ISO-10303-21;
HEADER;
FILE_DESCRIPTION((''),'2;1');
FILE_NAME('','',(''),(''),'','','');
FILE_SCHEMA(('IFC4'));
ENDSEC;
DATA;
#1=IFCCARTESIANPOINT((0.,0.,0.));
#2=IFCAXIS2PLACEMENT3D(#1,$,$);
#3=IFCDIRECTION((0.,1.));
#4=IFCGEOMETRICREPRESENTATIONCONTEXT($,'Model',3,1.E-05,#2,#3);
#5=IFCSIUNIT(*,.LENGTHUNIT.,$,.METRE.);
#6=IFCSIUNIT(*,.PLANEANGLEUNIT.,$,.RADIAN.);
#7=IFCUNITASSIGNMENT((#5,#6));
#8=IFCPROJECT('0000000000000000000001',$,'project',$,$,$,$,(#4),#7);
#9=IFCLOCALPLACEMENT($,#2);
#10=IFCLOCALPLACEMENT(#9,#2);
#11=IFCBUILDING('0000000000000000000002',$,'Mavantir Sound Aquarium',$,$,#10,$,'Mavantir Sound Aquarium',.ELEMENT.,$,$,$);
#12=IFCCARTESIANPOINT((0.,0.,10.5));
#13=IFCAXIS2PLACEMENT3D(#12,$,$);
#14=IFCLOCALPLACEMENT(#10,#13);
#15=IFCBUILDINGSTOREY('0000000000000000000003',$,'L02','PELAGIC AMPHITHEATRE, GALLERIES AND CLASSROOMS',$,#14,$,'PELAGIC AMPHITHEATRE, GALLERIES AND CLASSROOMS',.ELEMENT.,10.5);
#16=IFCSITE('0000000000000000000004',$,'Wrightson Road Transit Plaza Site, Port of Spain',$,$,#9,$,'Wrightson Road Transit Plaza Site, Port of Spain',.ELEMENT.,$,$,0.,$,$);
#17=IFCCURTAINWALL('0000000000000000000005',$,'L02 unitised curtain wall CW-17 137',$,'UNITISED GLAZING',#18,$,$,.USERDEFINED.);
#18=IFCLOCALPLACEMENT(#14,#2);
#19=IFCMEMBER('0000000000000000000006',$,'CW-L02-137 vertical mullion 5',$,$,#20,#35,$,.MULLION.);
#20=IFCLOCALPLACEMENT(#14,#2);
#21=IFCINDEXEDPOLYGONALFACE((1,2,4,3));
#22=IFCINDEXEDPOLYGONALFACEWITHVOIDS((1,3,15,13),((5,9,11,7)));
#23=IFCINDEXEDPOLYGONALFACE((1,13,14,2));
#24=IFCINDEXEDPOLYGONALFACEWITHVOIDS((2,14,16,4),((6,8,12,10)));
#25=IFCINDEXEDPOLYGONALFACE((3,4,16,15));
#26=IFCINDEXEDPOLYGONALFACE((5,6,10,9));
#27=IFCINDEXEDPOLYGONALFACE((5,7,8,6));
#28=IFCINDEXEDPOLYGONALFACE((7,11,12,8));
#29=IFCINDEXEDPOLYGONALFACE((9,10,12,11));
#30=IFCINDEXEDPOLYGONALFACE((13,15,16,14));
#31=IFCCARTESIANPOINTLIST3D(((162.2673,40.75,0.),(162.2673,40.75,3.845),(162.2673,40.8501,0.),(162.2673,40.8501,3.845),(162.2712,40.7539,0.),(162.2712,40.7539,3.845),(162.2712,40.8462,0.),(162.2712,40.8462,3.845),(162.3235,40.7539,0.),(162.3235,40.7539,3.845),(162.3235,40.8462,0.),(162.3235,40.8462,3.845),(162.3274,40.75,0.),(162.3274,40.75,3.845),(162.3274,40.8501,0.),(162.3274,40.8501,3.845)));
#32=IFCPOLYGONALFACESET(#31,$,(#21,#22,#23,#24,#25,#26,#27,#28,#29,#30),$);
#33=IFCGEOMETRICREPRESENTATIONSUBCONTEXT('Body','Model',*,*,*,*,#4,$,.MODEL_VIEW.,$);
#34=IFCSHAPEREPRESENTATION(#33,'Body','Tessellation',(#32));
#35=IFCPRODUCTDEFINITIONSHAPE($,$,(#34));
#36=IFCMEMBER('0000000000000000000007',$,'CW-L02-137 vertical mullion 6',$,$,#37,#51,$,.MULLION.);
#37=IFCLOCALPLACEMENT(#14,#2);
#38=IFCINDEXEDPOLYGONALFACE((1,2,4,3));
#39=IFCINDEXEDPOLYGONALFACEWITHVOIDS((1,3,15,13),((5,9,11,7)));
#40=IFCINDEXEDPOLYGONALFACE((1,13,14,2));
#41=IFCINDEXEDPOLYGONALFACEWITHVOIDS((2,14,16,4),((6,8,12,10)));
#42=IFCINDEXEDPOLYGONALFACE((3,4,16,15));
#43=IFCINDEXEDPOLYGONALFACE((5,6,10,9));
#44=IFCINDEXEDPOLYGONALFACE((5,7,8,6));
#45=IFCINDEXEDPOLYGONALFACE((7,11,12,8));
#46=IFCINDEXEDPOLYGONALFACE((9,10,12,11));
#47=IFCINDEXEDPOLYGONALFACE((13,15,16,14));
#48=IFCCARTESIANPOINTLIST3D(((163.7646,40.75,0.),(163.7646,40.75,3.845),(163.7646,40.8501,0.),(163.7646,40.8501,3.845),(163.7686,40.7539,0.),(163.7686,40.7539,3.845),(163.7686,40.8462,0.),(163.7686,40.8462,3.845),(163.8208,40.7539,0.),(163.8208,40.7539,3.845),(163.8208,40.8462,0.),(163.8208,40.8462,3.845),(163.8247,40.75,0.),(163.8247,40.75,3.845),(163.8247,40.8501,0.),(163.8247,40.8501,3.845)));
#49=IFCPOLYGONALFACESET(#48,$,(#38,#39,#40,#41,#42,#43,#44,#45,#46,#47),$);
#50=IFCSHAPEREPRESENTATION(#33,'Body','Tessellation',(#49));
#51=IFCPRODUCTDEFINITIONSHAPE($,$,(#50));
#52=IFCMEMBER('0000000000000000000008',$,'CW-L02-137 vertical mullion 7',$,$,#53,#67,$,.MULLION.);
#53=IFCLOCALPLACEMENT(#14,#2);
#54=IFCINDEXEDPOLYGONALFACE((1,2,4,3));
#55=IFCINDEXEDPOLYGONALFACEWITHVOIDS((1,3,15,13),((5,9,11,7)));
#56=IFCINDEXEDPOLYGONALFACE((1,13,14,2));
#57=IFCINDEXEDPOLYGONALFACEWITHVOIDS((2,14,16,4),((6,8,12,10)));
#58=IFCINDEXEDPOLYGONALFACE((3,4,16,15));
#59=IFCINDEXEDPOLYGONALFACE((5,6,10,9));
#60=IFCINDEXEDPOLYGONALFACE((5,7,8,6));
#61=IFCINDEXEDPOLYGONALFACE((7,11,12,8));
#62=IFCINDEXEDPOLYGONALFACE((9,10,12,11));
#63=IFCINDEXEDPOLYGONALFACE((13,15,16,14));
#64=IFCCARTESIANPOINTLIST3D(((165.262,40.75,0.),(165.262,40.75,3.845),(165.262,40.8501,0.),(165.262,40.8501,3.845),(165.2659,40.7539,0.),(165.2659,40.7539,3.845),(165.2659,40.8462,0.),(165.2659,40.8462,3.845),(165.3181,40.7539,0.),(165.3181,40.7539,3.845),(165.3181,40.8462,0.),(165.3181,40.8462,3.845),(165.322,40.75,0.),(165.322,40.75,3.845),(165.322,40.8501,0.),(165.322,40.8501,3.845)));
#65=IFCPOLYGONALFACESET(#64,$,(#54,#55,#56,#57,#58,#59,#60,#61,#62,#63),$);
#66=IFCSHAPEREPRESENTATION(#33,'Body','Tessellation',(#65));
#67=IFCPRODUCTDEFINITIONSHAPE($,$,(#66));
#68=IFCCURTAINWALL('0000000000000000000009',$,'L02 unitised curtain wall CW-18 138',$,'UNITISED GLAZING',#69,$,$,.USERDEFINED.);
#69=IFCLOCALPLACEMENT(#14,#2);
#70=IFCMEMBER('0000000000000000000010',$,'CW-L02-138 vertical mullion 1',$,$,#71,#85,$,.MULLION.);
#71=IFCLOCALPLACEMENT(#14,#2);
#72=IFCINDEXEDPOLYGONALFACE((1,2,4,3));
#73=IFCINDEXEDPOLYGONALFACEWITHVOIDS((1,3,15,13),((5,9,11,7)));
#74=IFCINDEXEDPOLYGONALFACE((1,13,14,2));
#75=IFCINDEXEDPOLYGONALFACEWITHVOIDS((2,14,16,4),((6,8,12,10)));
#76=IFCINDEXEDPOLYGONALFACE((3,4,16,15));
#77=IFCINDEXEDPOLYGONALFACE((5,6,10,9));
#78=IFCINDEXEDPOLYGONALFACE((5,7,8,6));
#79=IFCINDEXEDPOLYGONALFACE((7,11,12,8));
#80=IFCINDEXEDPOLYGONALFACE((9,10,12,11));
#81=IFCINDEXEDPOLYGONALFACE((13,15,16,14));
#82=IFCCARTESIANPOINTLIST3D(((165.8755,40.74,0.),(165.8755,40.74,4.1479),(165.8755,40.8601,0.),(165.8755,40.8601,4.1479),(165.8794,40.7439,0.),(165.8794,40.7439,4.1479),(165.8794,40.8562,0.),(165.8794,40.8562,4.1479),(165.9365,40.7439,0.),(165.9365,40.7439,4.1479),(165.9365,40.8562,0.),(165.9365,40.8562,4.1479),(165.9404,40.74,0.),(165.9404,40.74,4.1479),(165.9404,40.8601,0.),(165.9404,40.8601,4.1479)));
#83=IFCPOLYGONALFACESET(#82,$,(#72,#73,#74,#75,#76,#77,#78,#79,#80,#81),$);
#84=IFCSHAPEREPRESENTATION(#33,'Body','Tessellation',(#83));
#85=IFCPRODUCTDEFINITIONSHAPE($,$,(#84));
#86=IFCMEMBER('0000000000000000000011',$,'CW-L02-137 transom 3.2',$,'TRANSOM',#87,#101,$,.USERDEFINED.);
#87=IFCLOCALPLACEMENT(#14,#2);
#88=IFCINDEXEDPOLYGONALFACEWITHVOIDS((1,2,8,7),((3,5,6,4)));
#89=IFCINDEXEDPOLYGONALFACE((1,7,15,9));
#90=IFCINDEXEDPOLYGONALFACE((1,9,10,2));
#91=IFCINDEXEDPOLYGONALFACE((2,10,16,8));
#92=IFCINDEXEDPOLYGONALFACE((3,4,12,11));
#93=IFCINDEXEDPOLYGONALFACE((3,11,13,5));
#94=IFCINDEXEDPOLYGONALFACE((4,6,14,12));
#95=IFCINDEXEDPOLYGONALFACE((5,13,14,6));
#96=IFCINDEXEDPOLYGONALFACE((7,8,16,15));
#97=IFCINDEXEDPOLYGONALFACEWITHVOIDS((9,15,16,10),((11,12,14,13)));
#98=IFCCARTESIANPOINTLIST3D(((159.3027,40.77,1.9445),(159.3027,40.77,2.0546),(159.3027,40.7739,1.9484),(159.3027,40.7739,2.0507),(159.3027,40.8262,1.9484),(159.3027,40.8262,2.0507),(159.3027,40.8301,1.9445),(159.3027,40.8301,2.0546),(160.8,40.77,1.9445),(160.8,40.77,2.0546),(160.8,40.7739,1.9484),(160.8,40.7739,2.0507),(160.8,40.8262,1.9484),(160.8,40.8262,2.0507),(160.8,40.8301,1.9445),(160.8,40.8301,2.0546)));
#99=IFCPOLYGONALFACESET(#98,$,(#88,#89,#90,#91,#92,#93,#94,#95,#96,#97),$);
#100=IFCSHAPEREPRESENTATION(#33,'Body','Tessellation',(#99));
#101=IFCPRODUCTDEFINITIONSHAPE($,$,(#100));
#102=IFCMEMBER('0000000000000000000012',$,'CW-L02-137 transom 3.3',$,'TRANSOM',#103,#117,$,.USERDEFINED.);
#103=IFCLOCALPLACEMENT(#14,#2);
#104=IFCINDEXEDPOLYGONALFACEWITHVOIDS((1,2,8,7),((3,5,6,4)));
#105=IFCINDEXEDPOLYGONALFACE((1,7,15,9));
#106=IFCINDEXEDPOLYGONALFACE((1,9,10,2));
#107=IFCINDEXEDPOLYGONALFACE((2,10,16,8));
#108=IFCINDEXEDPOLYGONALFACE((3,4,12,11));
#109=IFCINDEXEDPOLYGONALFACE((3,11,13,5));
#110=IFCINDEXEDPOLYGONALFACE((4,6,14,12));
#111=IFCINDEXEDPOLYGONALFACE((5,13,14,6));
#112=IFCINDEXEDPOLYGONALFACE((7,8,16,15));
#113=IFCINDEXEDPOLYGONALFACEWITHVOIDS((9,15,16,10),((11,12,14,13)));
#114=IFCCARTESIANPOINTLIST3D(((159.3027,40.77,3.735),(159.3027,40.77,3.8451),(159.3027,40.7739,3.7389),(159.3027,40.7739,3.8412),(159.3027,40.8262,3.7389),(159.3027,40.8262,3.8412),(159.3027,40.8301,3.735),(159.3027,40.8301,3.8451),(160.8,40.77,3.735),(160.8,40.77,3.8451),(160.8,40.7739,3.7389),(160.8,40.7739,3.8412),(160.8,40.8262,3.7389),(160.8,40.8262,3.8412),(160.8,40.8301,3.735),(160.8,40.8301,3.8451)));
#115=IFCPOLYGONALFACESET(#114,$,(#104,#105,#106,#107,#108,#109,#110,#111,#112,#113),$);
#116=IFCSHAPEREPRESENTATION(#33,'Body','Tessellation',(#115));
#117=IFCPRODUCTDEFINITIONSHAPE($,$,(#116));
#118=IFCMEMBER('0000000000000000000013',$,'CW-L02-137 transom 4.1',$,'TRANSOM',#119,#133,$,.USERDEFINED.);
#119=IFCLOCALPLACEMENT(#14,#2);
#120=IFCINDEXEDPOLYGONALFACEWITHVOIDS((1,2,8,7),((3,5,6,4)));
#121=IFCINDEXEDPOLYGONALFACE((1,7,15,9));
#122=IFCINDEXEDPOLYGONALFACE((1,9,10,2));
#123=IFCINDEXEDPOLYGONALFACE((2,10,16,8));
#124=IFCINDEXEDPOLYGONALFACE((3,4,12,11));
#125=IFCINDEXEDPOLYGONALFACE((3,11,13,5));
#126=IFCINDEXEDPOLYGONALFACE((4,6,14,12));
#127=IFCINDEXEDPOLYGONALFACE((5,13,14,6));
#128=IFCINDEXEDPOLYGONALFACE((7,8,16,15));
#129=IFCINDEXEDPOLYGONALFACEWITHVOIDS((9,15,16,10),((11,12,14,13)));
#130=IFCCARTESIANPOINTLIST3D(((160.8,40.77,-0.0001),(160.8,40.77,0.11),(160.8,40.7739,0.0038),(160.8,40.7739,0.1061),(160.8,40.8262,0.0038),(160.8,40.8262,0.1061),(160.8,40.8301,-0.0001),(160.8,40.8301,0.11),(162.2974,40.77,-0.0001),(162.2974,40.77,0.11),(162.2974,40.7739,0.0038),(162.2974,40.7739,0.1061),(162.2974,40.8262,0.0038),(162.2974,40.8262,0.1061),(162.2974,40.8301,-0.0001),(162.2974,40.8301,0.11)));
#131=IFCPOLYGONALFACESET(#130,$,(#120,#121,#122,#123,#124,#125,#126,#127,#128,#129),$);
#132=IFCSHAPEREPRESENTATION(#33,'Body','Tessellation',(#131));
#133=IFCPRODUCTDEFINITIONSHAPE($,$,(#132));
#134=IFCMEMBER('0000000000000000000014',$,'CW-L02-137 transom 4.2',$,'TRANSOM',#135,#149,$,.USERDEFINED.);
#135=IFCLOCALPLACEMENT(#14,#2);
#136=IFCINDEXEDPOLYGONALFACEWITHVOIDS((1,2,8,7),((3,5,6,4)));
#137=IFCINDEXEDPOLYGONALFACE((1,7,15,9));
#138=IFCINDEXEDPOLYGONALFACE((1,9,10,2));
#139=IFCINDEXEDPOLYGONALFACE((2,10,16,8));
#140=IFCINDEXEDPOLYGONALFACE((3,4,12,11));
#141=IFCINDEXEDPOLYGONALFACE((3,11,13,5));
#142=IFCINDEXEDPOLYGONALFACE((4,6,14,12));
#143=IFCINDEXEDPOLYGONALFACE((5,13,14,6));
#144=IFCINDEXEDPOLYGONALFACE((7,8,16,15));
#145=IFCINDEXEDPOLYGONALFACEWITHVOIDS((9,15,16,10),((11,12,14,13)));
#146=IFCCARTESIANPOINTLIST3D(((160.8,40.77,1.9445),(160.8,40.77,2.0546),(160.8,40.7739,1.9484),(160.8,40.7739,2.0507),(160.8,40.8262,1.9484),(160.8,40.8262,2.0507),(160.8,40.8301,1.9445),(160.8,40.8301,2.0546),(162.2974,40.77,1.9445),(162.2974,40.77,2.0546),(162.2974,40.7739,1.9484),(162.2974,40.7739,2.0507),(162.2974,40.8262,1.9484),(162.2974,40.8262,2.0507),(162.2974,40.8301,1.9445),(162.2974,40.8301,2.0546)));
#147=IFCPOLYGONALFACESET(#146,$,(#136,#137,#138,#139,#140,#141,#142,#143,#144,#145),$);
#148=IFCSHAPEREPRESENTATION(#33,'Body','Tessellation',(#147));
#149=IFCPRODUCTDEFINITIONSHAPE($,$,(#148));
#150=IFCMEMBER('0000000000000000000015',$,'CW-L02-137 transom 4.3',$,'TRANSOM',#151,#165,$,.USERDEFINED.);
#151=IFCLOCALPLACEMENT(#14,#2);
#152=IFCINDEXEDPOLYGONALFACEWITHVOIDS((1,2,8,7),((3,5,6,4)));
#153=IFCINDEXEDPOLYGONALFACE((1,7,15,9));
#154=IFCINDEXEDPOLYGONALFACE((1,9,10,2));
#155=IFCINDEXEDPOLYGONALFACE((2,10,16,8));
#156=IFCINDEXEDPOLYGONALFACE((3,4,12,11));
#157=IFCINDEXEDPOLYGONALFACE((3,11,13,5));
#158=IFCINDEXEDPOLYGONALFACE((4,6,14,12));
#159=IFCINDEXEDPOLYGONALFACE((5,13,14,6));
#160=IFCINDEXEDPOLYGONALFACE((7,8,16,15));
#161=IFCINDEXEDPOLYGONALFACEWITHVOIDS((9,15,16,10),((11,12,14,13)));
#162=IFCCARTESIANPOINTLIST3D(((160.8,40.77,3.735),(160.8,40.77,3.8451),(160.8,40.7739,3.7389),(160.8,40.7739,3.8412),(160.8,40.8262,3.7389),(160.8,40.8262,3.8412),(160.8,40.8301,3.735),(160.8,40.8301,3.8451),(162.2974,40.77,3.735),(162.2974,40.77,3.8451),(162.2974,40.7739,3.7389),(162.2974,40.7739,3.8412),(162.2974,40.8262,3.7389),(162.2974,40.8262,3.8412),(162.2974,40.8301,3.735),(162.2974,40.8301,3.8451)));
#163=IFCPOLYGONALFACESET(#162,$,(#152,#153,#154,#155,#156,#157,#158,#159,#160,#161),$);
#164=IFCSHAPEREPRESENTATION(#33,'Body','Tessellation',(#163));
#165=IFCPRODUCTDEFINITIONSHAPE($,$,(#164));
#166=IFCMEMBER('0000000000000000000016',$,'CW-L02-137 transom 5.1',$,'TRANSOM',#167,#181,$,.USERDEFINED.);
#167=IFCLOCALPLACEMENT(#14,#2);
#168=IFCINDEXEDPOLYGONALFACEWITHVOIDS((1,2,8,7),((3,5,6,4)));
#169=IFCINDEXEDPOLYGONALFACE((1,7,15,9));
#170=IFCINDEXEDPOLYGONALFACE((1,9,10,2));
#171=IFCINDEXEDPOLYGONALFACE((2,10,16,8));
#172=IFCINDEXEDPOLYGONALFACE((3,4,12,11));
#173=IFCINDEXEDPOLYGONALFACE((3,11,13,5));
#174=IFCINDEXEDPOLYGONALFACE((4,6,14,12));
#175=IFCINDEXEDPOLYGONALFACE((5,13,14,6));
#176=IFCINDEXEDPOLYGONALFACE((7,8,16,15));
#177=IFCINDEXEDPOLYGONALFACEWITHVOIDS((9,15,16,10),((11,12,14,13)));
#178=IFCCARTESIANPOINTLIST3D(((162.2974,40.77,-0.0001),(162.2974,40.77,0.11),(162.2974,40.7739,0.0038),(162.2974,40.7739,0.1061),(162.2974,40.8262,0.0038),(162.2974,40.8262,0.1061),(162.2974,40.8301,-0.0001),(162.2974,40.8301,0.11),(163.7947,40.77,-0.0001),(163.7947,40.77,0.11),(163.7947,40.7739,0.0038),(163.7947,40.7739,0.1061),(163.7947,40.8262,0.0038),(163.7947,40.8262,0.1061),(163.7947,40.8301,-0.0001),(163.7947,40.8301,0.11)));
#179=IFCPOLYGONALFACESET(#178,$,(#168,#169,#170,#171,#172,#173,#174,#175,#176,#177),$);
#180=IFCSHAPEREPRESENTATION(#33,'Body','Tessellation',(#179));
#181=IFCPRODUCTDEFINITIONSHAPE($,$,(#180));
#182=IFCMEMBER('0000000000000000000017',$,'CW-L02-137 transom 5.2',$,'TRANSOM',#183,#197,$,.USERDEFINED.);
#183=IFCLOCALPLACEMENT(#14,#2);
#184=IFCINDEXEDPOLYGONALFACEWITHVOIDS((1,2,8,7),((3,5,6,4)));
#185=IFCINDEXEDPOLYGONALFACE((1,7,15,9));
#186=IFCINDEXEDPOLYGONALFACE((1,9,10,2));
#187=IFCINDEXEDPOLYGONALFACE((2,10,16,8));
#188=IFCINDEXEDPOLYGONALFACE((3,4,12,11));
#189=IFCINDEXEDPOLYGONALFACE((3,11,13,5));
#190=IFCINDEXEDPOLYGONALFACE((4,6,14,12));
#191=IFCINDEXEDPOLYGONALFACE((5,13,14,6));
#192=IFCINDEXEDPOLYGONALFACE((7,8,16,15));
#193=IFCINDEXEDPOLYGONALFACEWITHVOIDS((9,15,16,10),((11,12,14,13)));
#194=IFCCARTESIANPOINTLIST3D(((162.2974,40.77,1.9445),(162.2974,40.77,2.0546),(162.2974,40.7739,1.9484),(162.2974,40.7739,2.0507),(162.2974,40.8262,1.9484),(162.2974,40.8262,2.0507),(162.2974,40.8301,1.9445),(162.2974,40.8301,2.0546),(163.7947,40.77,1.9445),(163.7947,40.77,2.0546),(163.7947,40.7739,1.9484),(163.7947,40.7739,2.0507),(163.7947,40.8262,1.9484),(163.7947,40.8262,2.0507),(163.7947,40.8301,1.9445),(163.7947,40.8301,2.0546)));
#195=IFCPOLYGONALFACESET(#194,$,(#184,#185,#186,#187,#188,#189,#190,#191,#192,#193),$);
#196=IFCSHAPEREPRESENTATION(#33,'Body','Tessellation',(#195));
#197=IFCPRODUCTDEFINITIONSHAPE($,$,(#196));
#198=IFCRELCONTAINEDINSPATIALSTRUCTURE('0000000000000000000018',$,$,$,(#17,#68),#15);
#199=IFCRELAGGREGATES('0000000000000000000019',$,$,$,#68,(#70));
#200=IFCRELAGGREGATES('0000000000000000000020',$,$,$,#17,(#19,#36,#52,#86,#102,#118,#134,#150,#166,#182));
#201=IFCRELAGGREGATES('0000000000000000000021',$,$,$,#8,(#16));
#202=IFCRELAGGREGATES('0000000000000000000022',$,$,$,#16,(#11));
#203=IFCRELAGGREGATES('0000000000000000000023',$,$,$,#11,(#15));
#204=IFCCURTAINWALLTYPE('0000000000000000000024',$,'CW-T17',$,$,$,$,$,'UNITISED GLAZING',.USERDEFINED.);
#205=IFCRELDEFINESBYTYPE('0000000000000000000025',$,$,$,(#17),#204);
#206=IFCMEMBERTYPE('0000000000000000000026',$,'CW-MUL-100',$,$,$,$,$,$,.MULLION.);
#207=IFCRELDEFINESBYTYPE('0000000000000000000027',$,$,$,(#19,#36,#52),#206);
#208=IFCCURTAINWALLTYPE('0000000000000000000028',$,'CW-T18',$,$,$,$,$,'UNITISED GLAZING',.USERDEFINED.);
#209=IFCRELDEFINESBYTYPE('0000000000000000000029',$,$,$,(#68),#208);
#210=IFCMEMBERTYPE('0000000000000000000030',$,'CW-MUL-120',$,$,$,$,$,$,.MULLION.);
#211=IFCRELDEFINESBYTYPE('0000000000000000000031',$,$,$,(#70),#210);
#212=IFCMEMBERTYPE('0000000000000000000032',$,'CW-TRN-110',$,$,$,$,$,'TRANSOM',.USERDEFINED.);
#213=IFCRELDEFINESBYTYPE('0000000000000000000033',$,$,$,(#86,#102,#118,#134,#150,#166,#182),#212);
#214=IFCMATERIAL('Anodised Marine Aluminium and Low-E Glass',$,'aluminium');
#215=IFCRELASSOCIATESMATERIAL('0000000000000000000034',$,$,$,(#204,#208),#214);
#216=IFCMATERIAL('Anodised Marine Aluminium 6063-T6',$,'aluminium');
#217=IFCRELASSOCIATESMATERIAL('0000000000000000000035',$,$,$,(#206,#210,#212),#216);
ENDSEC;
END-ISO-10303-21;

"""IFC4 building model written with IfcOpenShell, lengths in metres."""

from ifc_helpers import new_model, si_unit, direction, frame, origin, origin_2d, place, context, subcontext, project, spatial, hollow_rectangle, extrude, material, material_profile, profile_set, type_object, element, aggregate, save


model = new_model("IFC4")

# Units and contexts
model_context = context("Model", 3, precision=1e-05, world=origin(), true_north=direction((0.0, 1.0)))
body_context = subcontext(model_context, "Body", "Model", "MODEL_VIEW")
ifc_project = project(units=[si_unit("LENGTHUNIT", "METRE"), si_unit("PLANEANGLEUNIT", "RADIAN")], contexts=[model_context])

# Site, building, storey
site_placement = place(None, origin())
site = spatial("IfcSite", under=ifc_project, at=site_placement, Name="Wrightson Road Transit Plaza Site, Port of Spain", LongName="Wrightson Road Transit Plaza Site, Port of Spain", CompositionType="ELEMENT", RefElevation=0.0)
building_placement = place(site_placement, origin())
building = spatial("IfcBuilding", under=site, at=building_placement, Name="Mavantir Sound Aquarium", LongName="Mavantir Sound Aquarium", CompositionType="ELEMENT")
storey_placement = place(building_placement, frame((0.0, 0.0, 10.5)))
storey = spatial("IfcBuildingStorey", under=building, at=storey_placement, Name="L02", Description="PELAGIC AMPHITHEATRE, GALLERIES AND CLASSROOMS", LongName="PELAGIC AMPHITHEATRE, GALLERIES AND CLASSROOMS", CompositionType="ELEMENT", Elevation=10.5)

# Curtain wall, members
ifc_material_1 = material(Name="Anodised Marine Aluminium and Low-E Glass", Category="aluminium")
curtain_wall_type_1 = type_object("IfcCurtainWallType", Name="CW-T17", ElementType="UNITISED GLAZING", PredefinedType="USERDEFINED", material=ifc_material_1)
curtain_wall_1_placement = place(storey_placement, origin())
curtain_wall_1 = element("IfcCurtainWall", 1, at=curtain_wall_1_placement, inside=storey, type_object=curtain_wall_type_1, Name="L02 unitised curtain wall CW-17 137", ObjectType="UNITISED GLAZING", PredefinedType="USERDEFINED")
ifc_material_2 = material(Name="Anodised Marine Aluminium 6063-T6", Category="aluminium")
ifc_material_profile_1 = material_profile(ifc_material_2, hollow_rectangle(XDim=0.0601, YDim=0.1001, WallThickness=0.0039, at=origin_2d()), Name="ALU-MULLION-100X60")
ifc_profile_set_1 = profile_set([ifc_material_profile_1], Name="Anodised Marine Aluminium 6063-T6")
member_type_1 = type_object("IfcMemberType", Name="CW-MUL-100", PredefinedType="MULLION", material=ifc_profile_set_1)
member_1_placement = place(storey_placement, frame((162.2974, 40.8, 0.0), z_axis=(0.0, 0.0, 1.0), x_axis=(1.0, 0.0, 0.0)))
member_1 = element("IfcMember", 2, at=member_1_placement, type_object=member_type_1, Name="CW-L02-137 vertical mullion 5", PredefinedType="MULLION", context=body_context, shape_type="SweptSolid", body=[
    extrude(hollow_rectangle(XDim=0.0601, YDim=0.1001, WallThickness=0.0039, at=origin_2d()), origin(), (0.0, 0.0, 1.0), 3.845),
])
member_2_placement = place(storey_placement, frame((163.7947, 40.8, 0.0), z_axis=(0.0, 0.0, 1.0), x_axis=(1.0, 0.0, 0.0)))
member_2 = element("IfcMember", 3, at=member_2_placement, type_object=member_type_1, Name="CW-L02-137 vertical mullion 6", PredefinedType="MULLION", context=body_context, shape_type="SweptSolid", body=[
    extrude(hollow_rectangle(XDim=0.0601, YDim=0.1001, WallThickness=0.0039, at=origin_2d()), origin(), (0.0, 0.0, 1.0), 3.845),
])
member_3_placement = place(storey_placement, frame((165.292, 40.8, 0.0), z_axis=(0.0, 0.0, 1.0), x_axis=(1.0, 0.0, 0.0)))
member_3 = element("IfcMember", 4, at=member_3_placement, type_object=member_type_1, Name="CW-L02-137 vertical mullion 7", PredefinedType="MULLION", context=body_context, shape_type="SweptSolid", body=[
    extrude(hollow_rectangle(XDim=0.0601, YDim=0.1001, WallThickness=0.0039, at=origin_2d()), origin(), (0.0, 0.0, 1.0), 3.845),
])

# Curtain wall, member
curtain_wall_type_2 = type_object("IfcCurtainWallType", Name="CW-T18", ElementType="UNITISED GLAZING", PredefinedType="USERDEFINED", material=ifc_material_1)
curtain_wall_2_placement = place(storey_placement, origin())
curtain_wall_2 = element("IfcCurtainWall", 5, at=curtain_wall_2_placement, inside=storey, type_object=curtain_wall_type_2, Name="L02 unitised curtain wall CW-18 138", ObjectType="UNITISED GLAZING", PredefinedType="USERDEFINED")
ifc_material_profile_2 = material_profile(ifc_material_2, hollow_rectangle(XDim=0.0649, YDim=0.1201, WallThickness=0.0039, at=origin_2d()), Name="ALU-MULLION-120X65")
ifc_profile_set_2 = profile_set([ifc_material_profile_2], Name="Anodised Marine Aluminium 6063-T6")
member_type_2 = type_object("IfcMemberType", Name="CW-MUL-120", PredefinedType="MULLION", material=ifc_profile_set_2)
member_4_placement = place(storey_placement, frame((165.908, 40.8, 0.0), z_axis=(0.0, 0.0, 1.0), x_axis=(1.0, 0.0, 0.0)))
member_4 = element("IfcMember", 6, at=member_4_placement, type_object=member_type_2, Name="CW-L02-138 vertical mullion 1", PredefinedType="MULLION", context=body_context, shape_type="SweptSolid", body=[
    extrude(hollow_rectangle(XDim=0.0649, YDim=0.1201, WallThickness=0.0039, at=origin_2d()), origin(), (0.0, 0.0, 1.0), 4.1479),
])
aggregate(curtain_wall_2, [member_4])

# Members
ifc_material_profile_3 = material_profile(ifc_material_2, hollow_rectangle(XDim=0.0601, YDim=0.1101, WallThickness=0.0039, at=origin_2d()), Name="ALU-TRANSOM-110X60")
ifc_profile_set_3 = profile_set([ifc_material_profile_3], Name="Anodised Marine Aluminium 6063-T6")
member_type_3 = type_object("IfcMemberType", Name="CW-TRN-110", ElementType="TRANSOM", PredefinedType="USERDEFINED", material=ifc_profile_set_3)
member_5_placement = place(storey_placement, frame((159.3027, 40.8, 1.9995), z_axis=(1.0, 0.0, 0.0), x_axis=(0.0, 1.0, 0.0)))
member_5 = element("IfcMember", 7, at=member_5_placement, type_object=member_type_3, Name="CW-L02-137 transom 3.2", ObjectType="TRANSOM", PredefinedType="USERDEFINED", context=body_context, shape_type="SweptSolid", body=[
    extrude(hollow_rectangle(XDim=0.0601, YDim=0.1101, WallThickness=0.0039, at=origin_2d()), origin(), (0.0, 0.0, 1.0), 1.4973),
])
member_6_placement = place(storey_placement, frame((159.3027, 40.8, 3.79), z_axis=(1.0, 0.0, 0.0), x_axis=(0.0, 1.0, 0.0)))
member_6 = element("IfcMember", 8, at=member_6_placement, type_object=member_type_3, Name="CW-L02-137 transom 3.3", ObjectType="TRANSOM", PredefinedType="USERDEFINED", context=body_context, shape_type="SweptSolid", body=[
    extrude(hollow_rectangle(XDim=0.0601, YDim=0.1101, WallThickness=0.0039, at=origin_2d()), origin(), (0.0, 0.0, 1.0), 1.4973),
])
member_7_placement = place(storey_placement, frame((160.8, 40.8, 0.0549), z_axis=(1.0, 0.0, 0.0), x_axis=(0.0, 1.0, 0.0)))
member_7 = element("IfcMember", 9, at=member_7_placement, type_object=member_type_3, Name="CW-L02-137 transom 4.1", ObjectType="TRANSOM", PredefinedType="USERDEFINED", context=body_context, shape_type="SweptSolid", body=[
    extrude(hollow_rectangle(XDim=0.0601, YDim=0.1101, WallThickness=0.0039, at=origin_2d()), origin(), (0.0, 0.0, 1.0), 1.4973),
])
member_8_placement = place(storey_placement, frame((160.8, 40.8, 1.9995), z_axis=(1.0, 0.0, 0.0), x_axis=(0.0, 1.0, 0.0)))
member_8 = element("IfcMember", 10, at=member_8_placement, type_object=member_type_3, Name="CW-L02-137 transom 4.2", ObjectType="TRANSOM", PredefinedType="USERDEFINED", context=body_context, shape_type="SweptSolid", body=[
    extrude(hollow_rectangle(XDim=0.0601, YDim=0.1101, WallThickness=0.0039, at=origin_2d()), origin(), (0.0, 0.0, 1.0), 1.4973),
])
member_9_placement = place(storey_placement, frame((160.8, 40.8, 3.79), z_axis=(1.0, 0.0, 0.0), x_axis=(0.0, 1.0, 0.0)))
member_9 = element("IfcMember", 11, at=member_9_placement, type_object=member_type_3, Name="CW-L02-137 transom 4.3", ObjectType="TRANSOM", PredefinedType="USERDEFINED", context=body_context, shape_type="SweptSolid", body=[
    extrude(hollow_rectangle(XDim=0.0601, YDim=0.1101, WallThickness=0.0039, at=origin_2d()), origin(), (0.0, 0.0, 1.0), 1.4973),
])
member_10_placement = place(storey_placement, frame((162.2974, 40.8, 0.0549), z_axis=(1.0, 0.0, 0.0), x_axis=(0.0, 1.0, 0.0)))
member_10 = element("IfcMember", 12, at=member_10_placement, type_object=member_type_3, Name="CW-L02-137 transom 5.1", ObjectType="TRANSOM", PredefinedType="USERDEFINED", context=body_context, shape_type="SweptSolid", body=[
    extrude(hollow_rectangle(XDim=0.0601, YDim=0.1101, WallThickness=0.0039, at=origin_2d()), origin(), (0.0, 0.0, 1.0), 1.4973),
])
member_11_placement = place(storey_placement, frame((162.2974, 40.8, 1.9995), z_axis=(1.0, 0.0, 0.0), x_axis=(0.0, 1.0, 0.0)))
member_11 = element("IfcMember", 13, at=member_11_placement, type_object=member_type_3, Name="CW-L02-137 transom 5.2", ObjectType="TRANSOM", PredefinedType="USERDEFINED", context=body_context, shape_type="SweptSolid", body=[
    extrude(hollow_rectangle(XDim=0.0601, YDim=0.1101, WallThickness=0.0039, at=origin_2d()), origin(), (0.0, 0.0, 1.0), 1.4973),
])

aggregate(curtain_wall_1, [member_1, member_2, member_3, member_5, member_6, member_7, member_8, member_9, member_10, member_11])

save(model, "model.ifc")
